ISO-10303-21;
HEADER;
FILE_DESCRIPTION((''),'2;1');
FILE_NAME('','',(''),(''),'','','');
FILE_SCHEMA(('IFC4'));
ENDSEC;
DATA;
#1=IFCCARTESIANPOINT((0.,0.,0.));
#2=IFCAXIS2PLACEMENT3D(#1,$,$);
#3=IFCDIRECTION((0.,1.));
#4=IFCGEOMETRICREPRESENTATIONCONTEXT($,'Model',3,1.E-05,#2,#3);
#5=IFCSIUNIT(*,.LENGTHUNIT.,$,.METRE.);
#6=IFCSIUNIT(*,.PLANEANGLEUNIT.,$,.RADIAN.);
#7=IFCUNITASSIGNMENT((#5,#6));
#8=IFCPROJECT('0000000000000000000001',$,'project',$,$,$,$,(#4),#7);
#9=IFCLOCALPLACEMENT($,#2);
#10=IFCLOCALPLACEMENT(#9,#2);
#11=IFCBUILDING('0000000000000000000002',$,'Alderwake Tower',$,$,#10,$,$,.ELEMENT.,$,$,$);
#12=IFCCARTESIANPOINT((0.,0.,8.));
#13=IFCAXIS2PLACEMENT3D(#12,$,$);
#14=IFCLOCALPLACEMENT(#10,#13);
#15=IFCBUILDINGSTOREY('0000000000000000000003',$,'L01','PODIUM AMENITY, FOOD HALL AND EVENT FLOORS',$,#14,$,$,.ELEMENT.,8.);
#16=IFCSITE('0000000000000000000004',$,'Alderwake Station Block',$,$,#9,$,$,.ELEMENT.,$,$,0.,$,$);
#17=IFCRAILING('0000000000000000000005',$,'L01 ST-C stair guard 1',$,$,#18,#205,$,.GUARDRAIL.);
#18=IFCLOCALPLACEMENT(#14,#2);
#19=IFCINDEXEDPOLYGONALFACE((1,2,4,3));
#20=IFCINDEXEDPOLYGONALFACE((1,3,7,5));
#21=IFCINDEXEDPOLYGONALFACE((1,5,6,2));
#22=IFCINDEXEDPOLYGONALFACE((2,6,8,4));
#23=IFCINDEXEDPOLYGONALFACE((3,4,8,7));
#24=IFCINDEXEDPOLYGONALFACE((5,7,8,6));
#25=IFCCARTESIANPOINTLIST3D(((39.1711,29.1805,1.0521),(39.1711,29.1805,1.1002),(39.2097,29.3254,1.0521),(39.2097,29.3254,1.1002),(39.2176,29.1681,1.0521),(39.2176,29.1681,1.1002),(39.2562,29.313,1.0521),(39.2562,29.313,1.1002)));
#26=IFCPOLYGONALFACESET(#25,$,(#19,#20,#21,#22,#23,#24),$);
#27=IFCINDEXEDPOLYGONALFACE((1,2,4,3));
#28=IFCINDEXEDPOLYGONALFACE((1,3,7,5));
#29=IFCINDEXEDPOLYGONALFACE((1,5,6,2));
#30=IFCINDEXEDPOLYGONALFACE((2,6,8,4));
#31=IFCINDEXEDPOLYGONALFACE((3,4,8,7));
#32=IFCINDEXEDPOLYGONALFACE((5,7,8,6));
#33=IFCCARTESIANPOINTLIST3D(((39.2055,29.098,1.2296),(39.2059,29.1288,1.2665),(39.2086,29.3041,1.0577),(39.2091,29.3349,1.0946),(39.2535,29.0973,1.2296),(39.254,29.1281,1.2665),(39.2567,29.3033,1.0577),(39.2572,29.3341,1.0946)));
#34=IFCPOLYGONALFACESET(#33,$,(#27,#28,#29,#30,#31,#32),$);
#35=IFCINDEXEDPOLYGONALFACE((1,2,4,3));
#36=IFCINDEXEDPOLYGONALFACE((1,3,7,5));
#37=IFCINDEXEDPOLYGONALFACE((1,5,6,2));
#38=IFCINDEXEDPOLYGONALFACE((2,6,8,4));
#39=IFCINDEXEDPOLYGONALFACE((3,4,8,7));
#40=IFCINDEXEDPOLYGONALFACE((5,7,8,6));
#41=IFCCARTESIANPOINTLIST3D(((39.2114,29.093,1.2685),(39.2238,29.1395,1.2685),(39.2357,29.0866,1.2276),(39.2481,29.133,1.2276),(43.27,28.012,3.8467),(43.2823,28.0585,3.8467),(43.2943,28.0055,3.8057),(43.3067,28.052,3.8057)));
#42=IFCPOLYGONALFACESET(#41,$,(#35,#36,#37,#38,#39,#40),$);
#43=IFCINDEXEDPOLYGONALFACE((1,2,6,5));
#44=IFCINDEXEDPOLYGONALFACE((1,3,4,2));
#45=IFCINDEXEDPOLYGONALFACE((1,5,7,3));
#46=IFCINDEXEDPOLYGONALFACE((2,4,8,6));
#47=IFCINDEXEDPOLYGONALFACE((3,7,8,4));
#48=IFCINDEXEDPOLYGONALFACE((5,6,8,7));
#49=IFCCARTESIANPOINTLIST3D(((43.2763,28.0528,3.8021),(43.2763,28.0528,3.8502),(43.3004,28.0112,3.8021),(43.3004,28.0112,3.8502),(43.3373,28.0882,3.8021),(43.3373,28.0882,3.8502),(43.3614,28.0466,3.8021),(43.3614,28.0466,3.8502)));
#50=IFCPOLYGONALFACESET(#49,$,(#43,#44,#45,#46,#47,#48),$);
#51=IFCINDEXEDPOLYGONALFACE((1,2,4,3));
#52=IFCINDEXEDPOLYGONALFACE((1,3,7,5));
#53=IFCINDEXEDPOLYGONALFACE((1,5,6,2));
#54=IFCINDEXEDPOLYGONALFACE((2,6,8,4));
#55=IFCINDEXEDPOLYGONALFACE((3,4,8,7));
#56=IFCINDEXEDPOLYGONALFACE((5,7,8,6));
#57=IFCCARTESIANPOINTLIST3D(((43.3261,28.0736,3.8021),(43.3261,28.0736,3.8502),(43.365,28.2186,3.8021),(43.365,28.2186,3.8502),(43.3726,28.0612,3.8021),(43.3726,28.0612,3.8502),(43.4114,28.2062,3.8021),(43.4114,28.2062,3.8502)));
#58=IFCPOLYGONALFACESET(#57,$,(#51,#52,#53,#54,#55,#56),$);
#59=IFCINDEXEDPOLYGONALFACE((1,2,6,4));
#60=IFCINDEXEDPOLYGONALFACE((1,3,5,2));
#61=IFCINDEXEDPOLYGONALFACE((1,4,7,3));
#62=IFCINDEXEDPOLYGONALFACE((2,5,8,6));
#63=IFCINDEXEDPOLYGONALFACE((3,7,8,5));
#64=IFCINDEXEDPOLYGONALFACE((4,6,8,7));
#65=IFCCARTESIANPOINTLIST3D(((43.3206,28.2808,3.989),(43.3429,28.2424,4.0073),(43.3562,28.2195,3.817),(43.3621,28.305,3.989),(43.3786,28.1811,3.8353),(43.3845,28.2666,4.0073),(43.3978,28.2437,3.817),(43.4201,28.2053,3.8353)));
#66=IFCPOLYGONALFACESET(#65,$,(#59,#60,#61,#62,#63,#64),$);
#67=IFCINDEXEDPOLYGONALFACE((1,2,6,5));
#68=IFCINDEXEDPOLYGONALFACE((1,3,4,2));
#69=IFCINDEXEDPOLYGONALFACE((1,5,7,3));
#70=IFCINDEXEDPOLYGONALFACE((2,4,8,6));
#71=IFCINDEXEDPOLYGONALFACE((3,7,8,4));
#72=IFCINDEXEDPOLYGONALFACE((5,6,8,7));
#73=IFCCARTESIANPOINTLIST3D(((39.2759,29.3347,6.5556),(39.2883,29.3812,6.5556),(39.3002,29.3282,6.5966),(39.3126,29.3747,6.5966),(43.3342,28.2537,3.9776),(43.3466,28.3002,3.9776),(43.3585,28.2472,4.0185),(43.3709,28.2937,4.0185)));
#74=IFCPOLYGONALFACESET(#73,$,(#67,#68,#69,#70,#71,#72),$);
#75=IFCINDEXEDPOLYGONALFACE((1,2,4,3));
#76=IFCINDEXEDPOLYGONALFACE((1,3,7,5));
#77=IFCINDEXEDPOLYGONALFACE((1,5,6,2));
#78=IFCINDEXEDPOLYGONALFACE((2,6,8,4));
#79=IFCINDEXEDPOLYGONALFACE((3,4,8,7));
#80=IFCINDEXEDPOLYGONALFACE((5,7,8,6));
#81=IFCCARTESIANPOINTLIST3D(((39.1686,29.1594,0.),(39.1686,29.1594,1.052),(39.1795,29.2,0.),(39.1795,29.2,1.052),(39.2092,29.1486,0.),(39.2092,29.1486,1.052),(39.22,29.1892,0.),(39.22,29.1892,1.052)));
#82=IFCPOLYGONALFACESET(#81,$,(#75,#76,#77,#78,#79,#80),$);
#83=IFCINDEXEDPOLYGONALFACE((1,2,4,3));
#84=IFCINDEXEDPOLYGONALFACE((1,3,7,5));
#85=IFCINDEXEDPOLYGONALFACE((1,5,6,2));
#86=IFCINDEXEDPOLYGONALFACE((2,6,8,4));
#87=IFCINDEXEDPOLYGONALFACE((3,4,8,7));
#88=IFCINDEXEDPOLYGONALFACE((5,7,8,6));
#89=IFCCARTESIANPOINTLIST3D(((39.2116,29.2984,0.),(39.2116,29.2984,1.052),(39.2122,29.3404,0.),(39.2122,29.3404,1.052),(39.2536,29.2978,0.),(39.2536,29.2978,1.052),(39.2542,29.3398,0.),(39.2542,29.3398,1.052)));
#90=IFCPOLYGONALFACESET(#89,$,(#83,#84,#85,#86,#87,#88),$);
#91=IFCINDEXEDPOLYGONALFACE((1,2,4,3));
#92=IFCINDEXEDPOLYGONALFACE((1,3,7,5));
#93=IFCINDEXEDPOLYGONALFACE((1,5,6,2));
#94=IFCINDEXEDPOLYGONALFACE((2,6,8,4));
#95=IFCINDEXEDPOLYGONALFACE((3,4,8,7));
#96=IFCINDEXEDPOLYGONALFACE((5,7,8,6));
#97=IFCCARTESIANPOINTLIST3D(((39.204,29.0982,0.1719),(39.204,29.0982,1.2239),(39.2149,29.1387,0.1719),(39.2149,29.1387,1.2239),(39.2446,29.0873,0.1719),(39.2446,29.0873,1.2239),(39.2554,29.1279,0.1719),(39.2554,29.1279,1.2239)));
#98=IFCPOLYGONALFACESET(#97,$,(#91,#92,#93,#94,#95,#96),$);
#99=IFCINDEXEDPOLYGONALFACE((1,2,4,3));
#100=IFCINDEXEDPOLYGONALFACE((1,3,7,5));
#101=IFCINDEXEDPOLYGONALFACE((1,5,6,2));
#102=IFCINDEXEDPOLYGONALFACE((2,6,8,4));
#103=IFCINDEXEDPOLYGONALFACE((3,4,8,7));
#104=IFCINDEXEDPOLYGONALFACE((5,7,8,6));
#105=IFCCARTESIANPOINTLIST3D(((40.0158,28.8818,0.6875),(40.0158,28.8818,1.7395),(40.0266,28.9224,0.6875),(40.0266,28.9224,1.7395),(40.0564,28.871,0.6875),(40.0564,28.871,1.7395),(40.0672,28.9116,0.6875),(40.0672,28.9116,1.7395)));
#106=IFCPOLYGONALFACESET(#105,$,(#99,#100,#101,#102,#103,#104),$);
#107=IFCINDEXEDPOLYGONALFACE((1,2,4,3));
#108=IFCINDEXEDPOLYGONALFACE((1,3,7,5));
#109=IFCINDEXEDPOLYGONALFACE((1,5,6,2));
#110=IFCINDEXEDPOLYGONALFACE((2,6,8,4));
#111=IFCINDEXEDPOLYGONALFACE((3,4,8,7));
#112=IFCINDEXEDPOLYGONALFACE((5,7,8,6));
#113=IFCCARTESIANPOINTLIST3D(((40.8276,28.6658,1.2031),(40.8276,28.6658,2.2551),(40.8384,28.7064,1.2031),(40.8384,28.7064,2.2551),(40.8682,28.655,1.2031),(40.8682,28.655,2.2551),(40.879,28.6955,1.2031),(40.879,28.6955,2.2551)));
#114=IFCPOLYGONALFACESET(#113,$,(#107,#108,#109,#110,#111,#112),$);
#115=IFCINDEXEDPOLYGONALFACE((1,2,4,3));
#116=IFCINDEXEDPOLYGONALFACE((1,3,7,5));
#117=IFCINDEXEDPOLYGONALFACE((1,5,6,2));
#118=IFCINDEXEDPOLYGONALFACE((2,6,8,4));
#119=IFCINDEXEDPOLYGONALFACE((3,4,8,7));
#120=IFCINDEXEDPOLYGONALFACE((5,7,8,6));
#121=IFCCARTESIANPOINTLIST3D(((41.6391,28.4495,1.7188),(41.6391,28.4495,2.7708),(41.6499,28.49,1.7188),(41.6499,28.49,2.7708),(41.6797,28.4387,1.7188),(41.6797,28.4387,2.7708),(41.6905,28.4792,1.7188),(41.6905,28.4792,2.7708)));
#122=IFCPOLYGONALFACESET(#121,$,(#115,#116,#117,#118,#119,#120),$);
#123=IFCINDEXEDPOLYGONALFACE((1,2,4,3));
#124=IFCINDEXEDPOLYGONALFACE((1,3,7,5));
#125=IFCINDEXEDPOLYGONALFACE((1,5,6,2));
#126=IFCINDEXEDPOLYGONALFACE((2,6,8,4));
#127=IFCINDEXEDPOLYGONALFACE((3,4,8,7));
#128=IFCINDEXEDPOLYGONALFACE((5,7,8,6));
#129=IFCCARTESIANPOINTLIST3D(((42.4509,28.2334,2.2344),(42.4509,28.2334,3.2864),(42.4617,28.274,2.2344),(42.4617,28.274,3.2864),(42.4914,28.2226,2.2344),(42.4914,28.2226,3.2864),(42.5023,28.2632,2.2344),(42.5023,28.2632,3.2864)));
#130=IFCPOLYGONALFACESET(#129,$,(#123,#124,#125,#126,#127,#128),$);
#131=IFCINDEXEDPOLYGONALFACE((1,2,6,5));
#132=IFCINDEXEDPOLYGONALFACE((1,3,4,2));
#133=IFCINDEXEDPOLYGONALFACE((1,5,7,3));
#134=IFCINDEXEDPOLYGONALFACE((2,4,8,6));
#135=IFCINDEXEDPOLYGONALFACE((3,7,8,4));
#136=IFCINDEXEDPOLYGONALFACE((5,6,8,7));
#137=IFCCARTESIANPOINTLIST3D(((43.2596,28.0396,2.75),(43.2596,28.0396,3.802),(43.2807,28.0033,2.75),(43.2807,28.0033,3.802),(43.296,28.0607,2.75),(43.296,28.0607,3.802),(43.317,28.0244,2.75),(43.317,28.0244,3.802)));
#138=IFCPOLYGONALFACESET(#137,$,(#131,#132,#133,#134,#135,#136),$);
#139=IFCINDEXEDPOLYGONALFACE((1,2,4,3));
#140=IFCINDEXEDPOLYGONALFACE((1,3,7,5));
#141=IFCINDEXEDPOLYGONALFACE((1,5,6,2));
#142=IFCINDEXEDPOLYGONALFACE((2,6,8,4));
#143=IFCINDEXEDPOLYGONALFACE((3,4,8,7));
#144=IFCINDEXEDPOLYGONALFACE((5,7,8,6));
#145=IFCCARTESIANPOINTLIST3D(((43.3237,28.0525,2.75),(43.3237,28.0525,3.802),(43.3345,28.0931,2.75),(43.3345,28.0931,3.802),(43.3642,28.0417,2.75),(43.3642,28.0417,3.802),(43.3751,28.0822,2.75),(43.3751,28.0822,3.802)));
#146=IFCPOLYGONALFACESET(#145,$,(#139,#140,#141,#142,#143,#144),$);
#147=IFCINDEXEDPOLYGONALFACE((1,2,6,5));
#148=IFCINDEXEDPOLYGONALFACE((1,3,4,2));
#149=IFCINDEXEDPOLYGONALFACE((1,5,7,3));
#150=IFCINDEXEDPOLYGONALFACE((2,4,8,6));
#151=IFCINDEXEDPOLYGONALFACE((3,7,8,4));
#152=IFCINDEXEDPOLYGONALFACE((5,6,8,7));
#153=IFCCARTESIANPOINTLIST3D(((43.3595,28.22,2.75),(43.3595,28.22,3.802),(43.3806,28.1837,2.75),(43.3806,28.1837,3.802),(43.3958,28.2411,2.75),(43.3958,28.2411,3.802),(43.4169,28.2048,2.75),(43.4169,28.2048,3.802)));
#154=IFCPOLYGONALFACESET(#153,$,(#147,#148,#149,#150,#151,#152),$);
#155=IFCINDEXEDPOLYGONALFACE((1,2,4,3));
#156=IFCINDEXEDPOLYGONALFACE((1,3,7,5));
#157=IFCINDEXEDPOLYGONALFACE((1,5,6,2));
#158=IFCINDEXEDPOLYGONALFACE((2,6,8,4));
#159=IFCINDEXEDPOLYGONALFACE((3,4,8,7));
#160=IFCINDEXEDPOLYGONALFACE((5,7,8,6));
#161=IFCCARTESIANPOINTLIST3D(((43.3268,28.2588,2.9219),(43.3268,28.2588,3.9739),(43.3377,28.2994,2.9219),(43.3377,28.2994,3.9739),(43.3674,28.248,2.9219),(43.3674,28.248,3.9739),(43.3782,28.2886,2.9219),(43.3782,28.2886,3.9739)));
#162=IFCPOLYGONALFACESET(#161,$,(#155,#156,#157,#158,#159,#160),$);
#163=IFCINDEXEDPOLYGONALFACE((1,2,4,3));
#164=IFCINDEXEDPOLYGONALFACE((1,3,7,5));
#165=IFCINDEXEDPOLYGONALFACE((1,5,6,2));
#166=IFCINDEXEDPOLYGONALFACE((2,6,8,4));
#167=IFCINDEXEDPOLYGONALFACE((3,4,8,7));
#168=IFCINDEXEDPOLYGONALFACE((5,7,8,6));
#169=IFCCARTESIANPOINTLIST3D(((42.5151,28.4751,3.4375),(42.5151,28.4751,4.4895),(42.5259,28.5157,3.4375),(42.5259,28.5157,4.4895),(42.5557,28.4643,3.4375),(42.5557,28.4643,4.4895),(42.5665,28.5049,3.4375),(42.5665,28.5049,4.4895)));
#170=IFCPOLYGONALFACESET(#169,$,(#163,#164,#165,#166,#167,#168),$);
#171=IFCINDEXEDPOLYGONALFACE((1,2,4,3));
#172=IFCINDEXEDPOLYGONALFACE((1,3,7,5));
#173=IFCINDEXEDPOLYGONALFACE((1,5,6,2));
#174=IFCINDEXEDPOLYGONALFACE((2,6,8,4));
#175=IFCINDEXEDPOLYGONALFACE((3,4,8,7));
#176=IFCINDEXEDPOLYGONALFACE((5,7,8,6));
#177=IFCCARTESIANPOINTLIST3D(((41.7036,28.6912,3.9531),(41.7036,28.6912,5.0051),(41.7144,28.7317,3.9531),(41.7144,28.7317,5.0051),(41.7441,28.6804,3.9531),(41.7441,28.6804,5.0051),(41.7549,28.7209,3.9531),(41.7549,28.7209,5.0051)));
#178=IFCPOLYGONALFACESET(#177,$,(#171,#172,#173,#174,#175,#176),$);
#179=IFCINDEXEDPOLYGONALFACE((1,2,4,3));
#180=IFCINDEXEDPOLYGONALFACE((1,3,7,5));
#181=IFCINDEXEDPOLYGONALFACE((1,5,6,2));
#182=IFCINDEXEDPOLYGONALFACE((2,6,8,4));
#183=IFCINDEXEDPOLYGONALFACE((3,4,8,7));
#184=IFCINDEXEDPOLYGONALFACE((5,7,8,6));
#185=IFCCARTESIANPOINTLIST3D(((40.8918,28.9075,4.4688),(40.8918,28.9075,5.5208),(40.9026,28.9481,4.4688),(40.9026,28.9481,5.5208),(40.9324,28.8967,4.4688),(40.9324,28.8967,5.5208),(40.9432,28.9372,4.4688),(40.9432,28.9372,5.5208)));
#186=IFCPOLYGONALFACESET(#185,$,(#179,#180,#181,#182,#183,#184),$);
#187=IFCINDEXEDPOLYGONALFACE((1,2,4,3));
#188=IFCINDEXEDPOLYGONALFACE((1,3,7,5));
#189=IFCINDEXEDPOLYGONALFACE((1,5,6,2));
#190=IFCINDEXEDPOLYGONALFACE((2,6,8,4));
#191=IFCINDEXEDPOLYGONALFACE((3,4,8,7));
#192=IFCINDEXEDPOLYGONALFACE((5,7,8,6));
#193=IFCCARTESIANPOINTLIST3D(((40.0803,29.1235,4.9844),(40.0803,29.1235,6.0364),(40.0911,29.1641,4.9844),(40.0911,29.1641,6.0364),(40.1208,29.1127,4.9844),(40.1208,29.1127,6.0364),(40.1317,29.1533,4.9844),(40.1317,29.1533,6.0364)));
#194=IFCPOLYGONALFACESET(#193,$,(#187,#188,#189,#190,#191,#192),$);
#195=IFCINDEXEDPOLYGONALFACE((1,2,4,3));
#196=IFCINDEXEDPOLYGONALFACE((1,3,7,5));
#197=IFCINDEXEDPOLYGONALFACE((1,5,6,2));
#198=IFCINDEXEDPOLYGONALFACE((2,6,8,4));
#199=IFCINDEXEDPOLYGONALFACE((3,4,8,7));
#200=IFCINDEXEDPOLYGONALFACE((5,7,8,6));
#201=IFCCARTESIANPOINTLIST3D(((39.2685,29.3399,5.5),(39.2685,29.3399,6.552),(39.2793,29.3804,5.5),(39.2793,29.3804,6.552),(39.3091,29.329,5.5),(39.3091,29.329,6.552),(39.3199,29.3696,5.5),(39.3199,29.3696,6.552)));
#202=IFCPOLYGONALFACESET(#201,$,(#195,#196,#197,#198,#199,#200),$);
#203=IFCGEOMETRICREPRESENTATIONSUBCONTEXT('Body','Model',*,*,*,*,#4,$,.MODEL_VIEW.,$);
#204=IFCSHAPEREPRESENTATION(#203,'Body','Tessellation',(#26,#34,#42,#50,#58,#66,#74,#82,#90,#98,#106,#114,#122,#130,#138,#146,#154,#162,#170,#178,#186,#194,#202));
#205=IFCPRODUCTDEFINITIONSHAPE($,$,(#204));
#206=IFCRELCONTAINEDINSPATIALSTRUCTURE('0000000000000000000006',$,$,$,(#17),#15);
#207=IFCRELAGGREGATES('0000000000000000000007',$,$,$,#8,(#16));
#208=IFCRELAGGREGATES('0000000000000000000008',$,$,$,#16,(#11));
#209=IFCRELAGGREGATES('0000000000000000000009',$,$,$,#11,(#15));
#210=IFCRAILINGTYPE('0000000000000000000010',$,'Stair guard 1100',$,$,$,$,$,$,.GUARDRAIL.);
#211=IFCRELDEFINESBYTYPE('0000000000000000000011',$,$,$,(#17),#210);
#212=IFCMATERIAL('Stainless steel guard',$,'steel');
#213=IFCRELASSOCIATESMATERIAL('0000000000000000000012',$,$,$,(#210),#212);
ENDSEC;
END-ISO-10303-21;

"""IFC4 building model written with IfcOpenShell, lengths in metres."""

from ifc_helpers import new_model, si_unit, direction, frame, origin, origin_2d, place, context, subcontext, project, spatial, rectangle, extrude, material, type_object, element, save


model = new_model("IFC4")

# Units and contexts
model_context = context("Model", 3, precision=1e-05, world=origin(), true_north=direction((0.0, 1.0)))
body_context = subcontext(model_context, "Body", "Model", "MODEL_VIEW")
ifc_project = project(units=[si_unit("LENGTHUNIT", "METRE"), si_unit("PLANEANGLEUNIT", "RADIAN")], contexts=[model_context])

# Site, building, storey
site_placement = place(None, origin())
site = spatial("IfcSite", under=ifc_project, at=site_placement, Name="Alderwake Station Block", CompositionType="ELEMENT", RefElevation=0.0)
building_placement = place(site_placement, origin())
building = spatial("IfcBuilding", under=site, at=building_placement, Name="Alderwake Tower", CompositionType="ELEMENT")
storey_placement = place(building_placement, frame((0.0, 0.0, 8.0)))
storey = spatial("IfcBuildingStorey", under=building, at=storey_placement, Name="L01", Description="PODIUM AMENITY, FOOD HALL AND EVENT FLOORS", CompositionType="ELEMENT", Elevation=8.0)

# Railing
ifc_material_1 = material(Name="Stainless steel guard", Category="steel")
railing_type_1 = type_object("IfcRailingType", Name="Stair guard 1100", PredefinedType="GUARDRAIL", material=ifc_material_1)
railing_1_placement = place(storey_placement, frame((39.1943, 29.1743, 0.0)))
element("IfcRailing", 1, at=railing_1_placement, inside=storey, type_object=railing_type_1, Name="L01 ST-C stair guard 1", PredefinedType="GUARDRAIL", context=body_context, shape_type="SweptSolid", body=[
    extrude(rectangle(XDim=0.0481, YDim=0.0481, at=origin_2d()), frame((0.0, 0.0, 1.0762), z_axis=(0.25746, 0.966289, 0.0), x_axis=(-0.966289, 0.25746, 0.0)), (0.0, 0.0, 1.0), 0.1499),
    extrude(rectangle(XDim=0.0481, YDim=0.0481, at=origin_2d()), frame((0.0386, 0.1448, 1.0762), z_axis=(-0.011827, -0.767869, 0.640498), x_axis=(0.999881, -0.015401, 0.0)), (0.0, 0.0, 1.0), 0.2683),
    extrude(rectangle(XDim=0.0481, YDim=0.0481, at=origin_2d()), frame((0.0354, -0.0613, 1.248), z_axis=(0.823537, -0.219359, 0.523133), x_axis=(0.257388, 0.966308, 0.0)), (0.0, 0.0, 1.0), 4.9282),
    extrude(rectangle(XDim=0.0481, YDim=0.0481, at=origin_2d()), frame((4.094, -1.1423, 3.8262), z_axis=(0.865031, 0.501718, 0.0), x_axis=(-0.501718, 0.865031, 0.0)), (0.0, 0.0, 1.0), 0.0706),
    extrude(rectangle(XDim=0.0481, YDim=0.0481, at=origin_2d()), frame((4.155, -1.1069, 3.8262), z_axis=(0.258574, 0.965992, 0.0), x_axis=(-0.965992, 0.258574, 0.0)), (0.0, 0.0, 1.0), 0.1501),
    extrude(rectangle(XDim=0.0481, YDim=0.0481, at=origin_2d()), frame((4.1938, -0.9619, 3.8262), z_axis=(-0.191718, 0.329598, 0.924451), x_axis=(-0.864403, -0.5028, 0.0)), (0.0, 0.0, 1.0), 0.186),
    extrude(rectangle(XDim=0.0481, YDim=0.0481, at=origin_2d()), frame((4.1582, -0.9006, 3.998), z_axis=(-0.823522, 0.219368, 0.523154), x_axis=(-0.257402, -0.966304, 0.0)), (0.0, 0.0, 1.0), 4.928),
    extrude(rectangle(XDim=0.042, YDim=0.042, at=origin_2d()), frame((0.0, 0.0, 0.0), z_axis=(0.0, 0.0, 1.0), x_axis=(0.25746, 0.966289, 0.0)), (0.0, 0.0, 1.0), 1.052),
    extrude(rectangle(XDim=0.042, YDim=0.042, at=origin_2d()), frame((0.0386, 0.1448, 0.0), z_axis=(0.0, 0.0, 1.0), x_axis=(-0.015401, -0.999881, 0.0)), (0.0, 0.0, 1.0), 1.052),
    extrude(rectangle(XDim=0.042, YDim=0.042, at=origin_2d()), frame((0.0354, -0.0613, 0.1719), z_axis=(0.0, 0.0, 1.0), x_axis=(0.966308, -0.257388, 0.0)), (0.0, 0.0, 1.0), 1.052),
    extrude(rectangle(XDim=0.042, YDim=0.042, at=origin_2d()), frame((0.8472, -0.2776, 0.6875), z_axis=(0.0, 0.0, 1.0), x_axis=(0.966308, -0.257388, 0.0)), (0.0, 0.0, 1.0), 1.052),
    extrude(rectangle(XDim=0.042, YDim=0.042, at=origin_2d()), frame((1.6589, -0.4937, 1.2031), z_axis=(0.0, 0.0, 1.0), x_axis=(0.966308, -0.257388, 0.0)), (0.0, 0.0, 1.0), 1.052),
    extrude(rectangle(XDim=0.042, YDim=0.042, at=origin_2d()), frame((2.4705, -0.71, 1.7188), z_axis=(0.0, 0.0, 1.0), x_axis=(0.966308, -0.257388, 0.0)), (0.0, 0.0, 1.0), 1.052),
    extrude(rectangle(XDim=0.042, YDim=0.042, at=origin_2d()), frame((3.2822, -0.926, 2.2344), z_axis=(0.0, 0.0, 1.0), x_axis=(0.966308, -0.257388, 0.0)), (0.0, 0.0, 1.0), 1.052),
    extrude(rectangle(XDim=0.042, YDim=0.042, at=origin_2d()), frame((4.094, -1.1423, 2.75), z_axis=(0.0, 0.0, 1.0), x_axis=(0.865031, 0.501718, 0.0)), (0.0, 0.0, 1.0), 1.052),
    extrude(rectangle(XDim=0.042, YDim=0.042, at=origin_2d()), frame((4.155, -1.1069, 2.75), z_axis=(0.0, 0.0, 1.0), x_axis=(0.258574, 0.965992, 0.0)), (0.0, 0.0, 1.0), 1.052),
    extrude(rectangle(XDim=0.042, YDim=0.042, at=origin_2d()), frame((4.1938, -0.9619, 2.75), z_axis=(0.0, 0.0, 1.0), x_axis=(-0.5028, 0.864403, 0.0)), (0.0, 0.0, 1.0), 1.052),
    extrude(rectangle(XDim=0.042, YDim=0.042, at=origin_2d()), frame((4.1582, -0.9006, 2.9219), z_axis=(0.0, 0.0, 1.0), x_axis=(-0.966304, 0.257402, 0.0)), (0.0, 0.0, 1.0), 1.052),
    extrude(rectangle(XDim=0.042, YDim=0.042, at=origin_2d()), frame((3.3464, -0.6843, 3.4375), z_axis=(0.0, 0.0, 1.0), x_axis=(-0.966304, 0.257402, 0.0)), (0.0, 0.0, 1.0), 1.052),
    extrude(rectangle(XDim=0.042, YDim=0.042, at=origin_2d()), frame((2.5349, -0.4683, 3.9531), z_axis=(0.0, 0.0, 1.0), x_axis=(-0.966304, 0.257402, 0.0)), (0.0, 0.0, 1.0), 1.052),
    extrude(rectangle(XDim=0.042, YDim=0.042, at=origin_2d()), frame((1.7231, -0.252, 4.4688), z_axis=(0.0, 0.0, 1.0), x_axis=(-0.966304, 0.257402, 0.0)), (0.0, 0.0, 1.0), 1.052),
    extrude(rectangle(XDim=0.042, YDim=0.042, at=origin_2d()), frame((0.9116, -0.0359, 4.9844), z_axis=(0.0, 0.0, 1.0), x_axis=(-0.966304, 0.257402, 0.0)), (0.0, 0.0, 1.0), 1.052),
    extrude(rectangle(XDim=0.042, YDim=0.042, at=origin_2d()), frame((0.0999, 0.1804, 5.5), z_axis=(0.0, 0.0, 1.0), x_axis=(-0.966304, 0.257402, 0.0)), (0.0, 0.0, 1.0), 1.052),
])

save(model, "model.ifc")
